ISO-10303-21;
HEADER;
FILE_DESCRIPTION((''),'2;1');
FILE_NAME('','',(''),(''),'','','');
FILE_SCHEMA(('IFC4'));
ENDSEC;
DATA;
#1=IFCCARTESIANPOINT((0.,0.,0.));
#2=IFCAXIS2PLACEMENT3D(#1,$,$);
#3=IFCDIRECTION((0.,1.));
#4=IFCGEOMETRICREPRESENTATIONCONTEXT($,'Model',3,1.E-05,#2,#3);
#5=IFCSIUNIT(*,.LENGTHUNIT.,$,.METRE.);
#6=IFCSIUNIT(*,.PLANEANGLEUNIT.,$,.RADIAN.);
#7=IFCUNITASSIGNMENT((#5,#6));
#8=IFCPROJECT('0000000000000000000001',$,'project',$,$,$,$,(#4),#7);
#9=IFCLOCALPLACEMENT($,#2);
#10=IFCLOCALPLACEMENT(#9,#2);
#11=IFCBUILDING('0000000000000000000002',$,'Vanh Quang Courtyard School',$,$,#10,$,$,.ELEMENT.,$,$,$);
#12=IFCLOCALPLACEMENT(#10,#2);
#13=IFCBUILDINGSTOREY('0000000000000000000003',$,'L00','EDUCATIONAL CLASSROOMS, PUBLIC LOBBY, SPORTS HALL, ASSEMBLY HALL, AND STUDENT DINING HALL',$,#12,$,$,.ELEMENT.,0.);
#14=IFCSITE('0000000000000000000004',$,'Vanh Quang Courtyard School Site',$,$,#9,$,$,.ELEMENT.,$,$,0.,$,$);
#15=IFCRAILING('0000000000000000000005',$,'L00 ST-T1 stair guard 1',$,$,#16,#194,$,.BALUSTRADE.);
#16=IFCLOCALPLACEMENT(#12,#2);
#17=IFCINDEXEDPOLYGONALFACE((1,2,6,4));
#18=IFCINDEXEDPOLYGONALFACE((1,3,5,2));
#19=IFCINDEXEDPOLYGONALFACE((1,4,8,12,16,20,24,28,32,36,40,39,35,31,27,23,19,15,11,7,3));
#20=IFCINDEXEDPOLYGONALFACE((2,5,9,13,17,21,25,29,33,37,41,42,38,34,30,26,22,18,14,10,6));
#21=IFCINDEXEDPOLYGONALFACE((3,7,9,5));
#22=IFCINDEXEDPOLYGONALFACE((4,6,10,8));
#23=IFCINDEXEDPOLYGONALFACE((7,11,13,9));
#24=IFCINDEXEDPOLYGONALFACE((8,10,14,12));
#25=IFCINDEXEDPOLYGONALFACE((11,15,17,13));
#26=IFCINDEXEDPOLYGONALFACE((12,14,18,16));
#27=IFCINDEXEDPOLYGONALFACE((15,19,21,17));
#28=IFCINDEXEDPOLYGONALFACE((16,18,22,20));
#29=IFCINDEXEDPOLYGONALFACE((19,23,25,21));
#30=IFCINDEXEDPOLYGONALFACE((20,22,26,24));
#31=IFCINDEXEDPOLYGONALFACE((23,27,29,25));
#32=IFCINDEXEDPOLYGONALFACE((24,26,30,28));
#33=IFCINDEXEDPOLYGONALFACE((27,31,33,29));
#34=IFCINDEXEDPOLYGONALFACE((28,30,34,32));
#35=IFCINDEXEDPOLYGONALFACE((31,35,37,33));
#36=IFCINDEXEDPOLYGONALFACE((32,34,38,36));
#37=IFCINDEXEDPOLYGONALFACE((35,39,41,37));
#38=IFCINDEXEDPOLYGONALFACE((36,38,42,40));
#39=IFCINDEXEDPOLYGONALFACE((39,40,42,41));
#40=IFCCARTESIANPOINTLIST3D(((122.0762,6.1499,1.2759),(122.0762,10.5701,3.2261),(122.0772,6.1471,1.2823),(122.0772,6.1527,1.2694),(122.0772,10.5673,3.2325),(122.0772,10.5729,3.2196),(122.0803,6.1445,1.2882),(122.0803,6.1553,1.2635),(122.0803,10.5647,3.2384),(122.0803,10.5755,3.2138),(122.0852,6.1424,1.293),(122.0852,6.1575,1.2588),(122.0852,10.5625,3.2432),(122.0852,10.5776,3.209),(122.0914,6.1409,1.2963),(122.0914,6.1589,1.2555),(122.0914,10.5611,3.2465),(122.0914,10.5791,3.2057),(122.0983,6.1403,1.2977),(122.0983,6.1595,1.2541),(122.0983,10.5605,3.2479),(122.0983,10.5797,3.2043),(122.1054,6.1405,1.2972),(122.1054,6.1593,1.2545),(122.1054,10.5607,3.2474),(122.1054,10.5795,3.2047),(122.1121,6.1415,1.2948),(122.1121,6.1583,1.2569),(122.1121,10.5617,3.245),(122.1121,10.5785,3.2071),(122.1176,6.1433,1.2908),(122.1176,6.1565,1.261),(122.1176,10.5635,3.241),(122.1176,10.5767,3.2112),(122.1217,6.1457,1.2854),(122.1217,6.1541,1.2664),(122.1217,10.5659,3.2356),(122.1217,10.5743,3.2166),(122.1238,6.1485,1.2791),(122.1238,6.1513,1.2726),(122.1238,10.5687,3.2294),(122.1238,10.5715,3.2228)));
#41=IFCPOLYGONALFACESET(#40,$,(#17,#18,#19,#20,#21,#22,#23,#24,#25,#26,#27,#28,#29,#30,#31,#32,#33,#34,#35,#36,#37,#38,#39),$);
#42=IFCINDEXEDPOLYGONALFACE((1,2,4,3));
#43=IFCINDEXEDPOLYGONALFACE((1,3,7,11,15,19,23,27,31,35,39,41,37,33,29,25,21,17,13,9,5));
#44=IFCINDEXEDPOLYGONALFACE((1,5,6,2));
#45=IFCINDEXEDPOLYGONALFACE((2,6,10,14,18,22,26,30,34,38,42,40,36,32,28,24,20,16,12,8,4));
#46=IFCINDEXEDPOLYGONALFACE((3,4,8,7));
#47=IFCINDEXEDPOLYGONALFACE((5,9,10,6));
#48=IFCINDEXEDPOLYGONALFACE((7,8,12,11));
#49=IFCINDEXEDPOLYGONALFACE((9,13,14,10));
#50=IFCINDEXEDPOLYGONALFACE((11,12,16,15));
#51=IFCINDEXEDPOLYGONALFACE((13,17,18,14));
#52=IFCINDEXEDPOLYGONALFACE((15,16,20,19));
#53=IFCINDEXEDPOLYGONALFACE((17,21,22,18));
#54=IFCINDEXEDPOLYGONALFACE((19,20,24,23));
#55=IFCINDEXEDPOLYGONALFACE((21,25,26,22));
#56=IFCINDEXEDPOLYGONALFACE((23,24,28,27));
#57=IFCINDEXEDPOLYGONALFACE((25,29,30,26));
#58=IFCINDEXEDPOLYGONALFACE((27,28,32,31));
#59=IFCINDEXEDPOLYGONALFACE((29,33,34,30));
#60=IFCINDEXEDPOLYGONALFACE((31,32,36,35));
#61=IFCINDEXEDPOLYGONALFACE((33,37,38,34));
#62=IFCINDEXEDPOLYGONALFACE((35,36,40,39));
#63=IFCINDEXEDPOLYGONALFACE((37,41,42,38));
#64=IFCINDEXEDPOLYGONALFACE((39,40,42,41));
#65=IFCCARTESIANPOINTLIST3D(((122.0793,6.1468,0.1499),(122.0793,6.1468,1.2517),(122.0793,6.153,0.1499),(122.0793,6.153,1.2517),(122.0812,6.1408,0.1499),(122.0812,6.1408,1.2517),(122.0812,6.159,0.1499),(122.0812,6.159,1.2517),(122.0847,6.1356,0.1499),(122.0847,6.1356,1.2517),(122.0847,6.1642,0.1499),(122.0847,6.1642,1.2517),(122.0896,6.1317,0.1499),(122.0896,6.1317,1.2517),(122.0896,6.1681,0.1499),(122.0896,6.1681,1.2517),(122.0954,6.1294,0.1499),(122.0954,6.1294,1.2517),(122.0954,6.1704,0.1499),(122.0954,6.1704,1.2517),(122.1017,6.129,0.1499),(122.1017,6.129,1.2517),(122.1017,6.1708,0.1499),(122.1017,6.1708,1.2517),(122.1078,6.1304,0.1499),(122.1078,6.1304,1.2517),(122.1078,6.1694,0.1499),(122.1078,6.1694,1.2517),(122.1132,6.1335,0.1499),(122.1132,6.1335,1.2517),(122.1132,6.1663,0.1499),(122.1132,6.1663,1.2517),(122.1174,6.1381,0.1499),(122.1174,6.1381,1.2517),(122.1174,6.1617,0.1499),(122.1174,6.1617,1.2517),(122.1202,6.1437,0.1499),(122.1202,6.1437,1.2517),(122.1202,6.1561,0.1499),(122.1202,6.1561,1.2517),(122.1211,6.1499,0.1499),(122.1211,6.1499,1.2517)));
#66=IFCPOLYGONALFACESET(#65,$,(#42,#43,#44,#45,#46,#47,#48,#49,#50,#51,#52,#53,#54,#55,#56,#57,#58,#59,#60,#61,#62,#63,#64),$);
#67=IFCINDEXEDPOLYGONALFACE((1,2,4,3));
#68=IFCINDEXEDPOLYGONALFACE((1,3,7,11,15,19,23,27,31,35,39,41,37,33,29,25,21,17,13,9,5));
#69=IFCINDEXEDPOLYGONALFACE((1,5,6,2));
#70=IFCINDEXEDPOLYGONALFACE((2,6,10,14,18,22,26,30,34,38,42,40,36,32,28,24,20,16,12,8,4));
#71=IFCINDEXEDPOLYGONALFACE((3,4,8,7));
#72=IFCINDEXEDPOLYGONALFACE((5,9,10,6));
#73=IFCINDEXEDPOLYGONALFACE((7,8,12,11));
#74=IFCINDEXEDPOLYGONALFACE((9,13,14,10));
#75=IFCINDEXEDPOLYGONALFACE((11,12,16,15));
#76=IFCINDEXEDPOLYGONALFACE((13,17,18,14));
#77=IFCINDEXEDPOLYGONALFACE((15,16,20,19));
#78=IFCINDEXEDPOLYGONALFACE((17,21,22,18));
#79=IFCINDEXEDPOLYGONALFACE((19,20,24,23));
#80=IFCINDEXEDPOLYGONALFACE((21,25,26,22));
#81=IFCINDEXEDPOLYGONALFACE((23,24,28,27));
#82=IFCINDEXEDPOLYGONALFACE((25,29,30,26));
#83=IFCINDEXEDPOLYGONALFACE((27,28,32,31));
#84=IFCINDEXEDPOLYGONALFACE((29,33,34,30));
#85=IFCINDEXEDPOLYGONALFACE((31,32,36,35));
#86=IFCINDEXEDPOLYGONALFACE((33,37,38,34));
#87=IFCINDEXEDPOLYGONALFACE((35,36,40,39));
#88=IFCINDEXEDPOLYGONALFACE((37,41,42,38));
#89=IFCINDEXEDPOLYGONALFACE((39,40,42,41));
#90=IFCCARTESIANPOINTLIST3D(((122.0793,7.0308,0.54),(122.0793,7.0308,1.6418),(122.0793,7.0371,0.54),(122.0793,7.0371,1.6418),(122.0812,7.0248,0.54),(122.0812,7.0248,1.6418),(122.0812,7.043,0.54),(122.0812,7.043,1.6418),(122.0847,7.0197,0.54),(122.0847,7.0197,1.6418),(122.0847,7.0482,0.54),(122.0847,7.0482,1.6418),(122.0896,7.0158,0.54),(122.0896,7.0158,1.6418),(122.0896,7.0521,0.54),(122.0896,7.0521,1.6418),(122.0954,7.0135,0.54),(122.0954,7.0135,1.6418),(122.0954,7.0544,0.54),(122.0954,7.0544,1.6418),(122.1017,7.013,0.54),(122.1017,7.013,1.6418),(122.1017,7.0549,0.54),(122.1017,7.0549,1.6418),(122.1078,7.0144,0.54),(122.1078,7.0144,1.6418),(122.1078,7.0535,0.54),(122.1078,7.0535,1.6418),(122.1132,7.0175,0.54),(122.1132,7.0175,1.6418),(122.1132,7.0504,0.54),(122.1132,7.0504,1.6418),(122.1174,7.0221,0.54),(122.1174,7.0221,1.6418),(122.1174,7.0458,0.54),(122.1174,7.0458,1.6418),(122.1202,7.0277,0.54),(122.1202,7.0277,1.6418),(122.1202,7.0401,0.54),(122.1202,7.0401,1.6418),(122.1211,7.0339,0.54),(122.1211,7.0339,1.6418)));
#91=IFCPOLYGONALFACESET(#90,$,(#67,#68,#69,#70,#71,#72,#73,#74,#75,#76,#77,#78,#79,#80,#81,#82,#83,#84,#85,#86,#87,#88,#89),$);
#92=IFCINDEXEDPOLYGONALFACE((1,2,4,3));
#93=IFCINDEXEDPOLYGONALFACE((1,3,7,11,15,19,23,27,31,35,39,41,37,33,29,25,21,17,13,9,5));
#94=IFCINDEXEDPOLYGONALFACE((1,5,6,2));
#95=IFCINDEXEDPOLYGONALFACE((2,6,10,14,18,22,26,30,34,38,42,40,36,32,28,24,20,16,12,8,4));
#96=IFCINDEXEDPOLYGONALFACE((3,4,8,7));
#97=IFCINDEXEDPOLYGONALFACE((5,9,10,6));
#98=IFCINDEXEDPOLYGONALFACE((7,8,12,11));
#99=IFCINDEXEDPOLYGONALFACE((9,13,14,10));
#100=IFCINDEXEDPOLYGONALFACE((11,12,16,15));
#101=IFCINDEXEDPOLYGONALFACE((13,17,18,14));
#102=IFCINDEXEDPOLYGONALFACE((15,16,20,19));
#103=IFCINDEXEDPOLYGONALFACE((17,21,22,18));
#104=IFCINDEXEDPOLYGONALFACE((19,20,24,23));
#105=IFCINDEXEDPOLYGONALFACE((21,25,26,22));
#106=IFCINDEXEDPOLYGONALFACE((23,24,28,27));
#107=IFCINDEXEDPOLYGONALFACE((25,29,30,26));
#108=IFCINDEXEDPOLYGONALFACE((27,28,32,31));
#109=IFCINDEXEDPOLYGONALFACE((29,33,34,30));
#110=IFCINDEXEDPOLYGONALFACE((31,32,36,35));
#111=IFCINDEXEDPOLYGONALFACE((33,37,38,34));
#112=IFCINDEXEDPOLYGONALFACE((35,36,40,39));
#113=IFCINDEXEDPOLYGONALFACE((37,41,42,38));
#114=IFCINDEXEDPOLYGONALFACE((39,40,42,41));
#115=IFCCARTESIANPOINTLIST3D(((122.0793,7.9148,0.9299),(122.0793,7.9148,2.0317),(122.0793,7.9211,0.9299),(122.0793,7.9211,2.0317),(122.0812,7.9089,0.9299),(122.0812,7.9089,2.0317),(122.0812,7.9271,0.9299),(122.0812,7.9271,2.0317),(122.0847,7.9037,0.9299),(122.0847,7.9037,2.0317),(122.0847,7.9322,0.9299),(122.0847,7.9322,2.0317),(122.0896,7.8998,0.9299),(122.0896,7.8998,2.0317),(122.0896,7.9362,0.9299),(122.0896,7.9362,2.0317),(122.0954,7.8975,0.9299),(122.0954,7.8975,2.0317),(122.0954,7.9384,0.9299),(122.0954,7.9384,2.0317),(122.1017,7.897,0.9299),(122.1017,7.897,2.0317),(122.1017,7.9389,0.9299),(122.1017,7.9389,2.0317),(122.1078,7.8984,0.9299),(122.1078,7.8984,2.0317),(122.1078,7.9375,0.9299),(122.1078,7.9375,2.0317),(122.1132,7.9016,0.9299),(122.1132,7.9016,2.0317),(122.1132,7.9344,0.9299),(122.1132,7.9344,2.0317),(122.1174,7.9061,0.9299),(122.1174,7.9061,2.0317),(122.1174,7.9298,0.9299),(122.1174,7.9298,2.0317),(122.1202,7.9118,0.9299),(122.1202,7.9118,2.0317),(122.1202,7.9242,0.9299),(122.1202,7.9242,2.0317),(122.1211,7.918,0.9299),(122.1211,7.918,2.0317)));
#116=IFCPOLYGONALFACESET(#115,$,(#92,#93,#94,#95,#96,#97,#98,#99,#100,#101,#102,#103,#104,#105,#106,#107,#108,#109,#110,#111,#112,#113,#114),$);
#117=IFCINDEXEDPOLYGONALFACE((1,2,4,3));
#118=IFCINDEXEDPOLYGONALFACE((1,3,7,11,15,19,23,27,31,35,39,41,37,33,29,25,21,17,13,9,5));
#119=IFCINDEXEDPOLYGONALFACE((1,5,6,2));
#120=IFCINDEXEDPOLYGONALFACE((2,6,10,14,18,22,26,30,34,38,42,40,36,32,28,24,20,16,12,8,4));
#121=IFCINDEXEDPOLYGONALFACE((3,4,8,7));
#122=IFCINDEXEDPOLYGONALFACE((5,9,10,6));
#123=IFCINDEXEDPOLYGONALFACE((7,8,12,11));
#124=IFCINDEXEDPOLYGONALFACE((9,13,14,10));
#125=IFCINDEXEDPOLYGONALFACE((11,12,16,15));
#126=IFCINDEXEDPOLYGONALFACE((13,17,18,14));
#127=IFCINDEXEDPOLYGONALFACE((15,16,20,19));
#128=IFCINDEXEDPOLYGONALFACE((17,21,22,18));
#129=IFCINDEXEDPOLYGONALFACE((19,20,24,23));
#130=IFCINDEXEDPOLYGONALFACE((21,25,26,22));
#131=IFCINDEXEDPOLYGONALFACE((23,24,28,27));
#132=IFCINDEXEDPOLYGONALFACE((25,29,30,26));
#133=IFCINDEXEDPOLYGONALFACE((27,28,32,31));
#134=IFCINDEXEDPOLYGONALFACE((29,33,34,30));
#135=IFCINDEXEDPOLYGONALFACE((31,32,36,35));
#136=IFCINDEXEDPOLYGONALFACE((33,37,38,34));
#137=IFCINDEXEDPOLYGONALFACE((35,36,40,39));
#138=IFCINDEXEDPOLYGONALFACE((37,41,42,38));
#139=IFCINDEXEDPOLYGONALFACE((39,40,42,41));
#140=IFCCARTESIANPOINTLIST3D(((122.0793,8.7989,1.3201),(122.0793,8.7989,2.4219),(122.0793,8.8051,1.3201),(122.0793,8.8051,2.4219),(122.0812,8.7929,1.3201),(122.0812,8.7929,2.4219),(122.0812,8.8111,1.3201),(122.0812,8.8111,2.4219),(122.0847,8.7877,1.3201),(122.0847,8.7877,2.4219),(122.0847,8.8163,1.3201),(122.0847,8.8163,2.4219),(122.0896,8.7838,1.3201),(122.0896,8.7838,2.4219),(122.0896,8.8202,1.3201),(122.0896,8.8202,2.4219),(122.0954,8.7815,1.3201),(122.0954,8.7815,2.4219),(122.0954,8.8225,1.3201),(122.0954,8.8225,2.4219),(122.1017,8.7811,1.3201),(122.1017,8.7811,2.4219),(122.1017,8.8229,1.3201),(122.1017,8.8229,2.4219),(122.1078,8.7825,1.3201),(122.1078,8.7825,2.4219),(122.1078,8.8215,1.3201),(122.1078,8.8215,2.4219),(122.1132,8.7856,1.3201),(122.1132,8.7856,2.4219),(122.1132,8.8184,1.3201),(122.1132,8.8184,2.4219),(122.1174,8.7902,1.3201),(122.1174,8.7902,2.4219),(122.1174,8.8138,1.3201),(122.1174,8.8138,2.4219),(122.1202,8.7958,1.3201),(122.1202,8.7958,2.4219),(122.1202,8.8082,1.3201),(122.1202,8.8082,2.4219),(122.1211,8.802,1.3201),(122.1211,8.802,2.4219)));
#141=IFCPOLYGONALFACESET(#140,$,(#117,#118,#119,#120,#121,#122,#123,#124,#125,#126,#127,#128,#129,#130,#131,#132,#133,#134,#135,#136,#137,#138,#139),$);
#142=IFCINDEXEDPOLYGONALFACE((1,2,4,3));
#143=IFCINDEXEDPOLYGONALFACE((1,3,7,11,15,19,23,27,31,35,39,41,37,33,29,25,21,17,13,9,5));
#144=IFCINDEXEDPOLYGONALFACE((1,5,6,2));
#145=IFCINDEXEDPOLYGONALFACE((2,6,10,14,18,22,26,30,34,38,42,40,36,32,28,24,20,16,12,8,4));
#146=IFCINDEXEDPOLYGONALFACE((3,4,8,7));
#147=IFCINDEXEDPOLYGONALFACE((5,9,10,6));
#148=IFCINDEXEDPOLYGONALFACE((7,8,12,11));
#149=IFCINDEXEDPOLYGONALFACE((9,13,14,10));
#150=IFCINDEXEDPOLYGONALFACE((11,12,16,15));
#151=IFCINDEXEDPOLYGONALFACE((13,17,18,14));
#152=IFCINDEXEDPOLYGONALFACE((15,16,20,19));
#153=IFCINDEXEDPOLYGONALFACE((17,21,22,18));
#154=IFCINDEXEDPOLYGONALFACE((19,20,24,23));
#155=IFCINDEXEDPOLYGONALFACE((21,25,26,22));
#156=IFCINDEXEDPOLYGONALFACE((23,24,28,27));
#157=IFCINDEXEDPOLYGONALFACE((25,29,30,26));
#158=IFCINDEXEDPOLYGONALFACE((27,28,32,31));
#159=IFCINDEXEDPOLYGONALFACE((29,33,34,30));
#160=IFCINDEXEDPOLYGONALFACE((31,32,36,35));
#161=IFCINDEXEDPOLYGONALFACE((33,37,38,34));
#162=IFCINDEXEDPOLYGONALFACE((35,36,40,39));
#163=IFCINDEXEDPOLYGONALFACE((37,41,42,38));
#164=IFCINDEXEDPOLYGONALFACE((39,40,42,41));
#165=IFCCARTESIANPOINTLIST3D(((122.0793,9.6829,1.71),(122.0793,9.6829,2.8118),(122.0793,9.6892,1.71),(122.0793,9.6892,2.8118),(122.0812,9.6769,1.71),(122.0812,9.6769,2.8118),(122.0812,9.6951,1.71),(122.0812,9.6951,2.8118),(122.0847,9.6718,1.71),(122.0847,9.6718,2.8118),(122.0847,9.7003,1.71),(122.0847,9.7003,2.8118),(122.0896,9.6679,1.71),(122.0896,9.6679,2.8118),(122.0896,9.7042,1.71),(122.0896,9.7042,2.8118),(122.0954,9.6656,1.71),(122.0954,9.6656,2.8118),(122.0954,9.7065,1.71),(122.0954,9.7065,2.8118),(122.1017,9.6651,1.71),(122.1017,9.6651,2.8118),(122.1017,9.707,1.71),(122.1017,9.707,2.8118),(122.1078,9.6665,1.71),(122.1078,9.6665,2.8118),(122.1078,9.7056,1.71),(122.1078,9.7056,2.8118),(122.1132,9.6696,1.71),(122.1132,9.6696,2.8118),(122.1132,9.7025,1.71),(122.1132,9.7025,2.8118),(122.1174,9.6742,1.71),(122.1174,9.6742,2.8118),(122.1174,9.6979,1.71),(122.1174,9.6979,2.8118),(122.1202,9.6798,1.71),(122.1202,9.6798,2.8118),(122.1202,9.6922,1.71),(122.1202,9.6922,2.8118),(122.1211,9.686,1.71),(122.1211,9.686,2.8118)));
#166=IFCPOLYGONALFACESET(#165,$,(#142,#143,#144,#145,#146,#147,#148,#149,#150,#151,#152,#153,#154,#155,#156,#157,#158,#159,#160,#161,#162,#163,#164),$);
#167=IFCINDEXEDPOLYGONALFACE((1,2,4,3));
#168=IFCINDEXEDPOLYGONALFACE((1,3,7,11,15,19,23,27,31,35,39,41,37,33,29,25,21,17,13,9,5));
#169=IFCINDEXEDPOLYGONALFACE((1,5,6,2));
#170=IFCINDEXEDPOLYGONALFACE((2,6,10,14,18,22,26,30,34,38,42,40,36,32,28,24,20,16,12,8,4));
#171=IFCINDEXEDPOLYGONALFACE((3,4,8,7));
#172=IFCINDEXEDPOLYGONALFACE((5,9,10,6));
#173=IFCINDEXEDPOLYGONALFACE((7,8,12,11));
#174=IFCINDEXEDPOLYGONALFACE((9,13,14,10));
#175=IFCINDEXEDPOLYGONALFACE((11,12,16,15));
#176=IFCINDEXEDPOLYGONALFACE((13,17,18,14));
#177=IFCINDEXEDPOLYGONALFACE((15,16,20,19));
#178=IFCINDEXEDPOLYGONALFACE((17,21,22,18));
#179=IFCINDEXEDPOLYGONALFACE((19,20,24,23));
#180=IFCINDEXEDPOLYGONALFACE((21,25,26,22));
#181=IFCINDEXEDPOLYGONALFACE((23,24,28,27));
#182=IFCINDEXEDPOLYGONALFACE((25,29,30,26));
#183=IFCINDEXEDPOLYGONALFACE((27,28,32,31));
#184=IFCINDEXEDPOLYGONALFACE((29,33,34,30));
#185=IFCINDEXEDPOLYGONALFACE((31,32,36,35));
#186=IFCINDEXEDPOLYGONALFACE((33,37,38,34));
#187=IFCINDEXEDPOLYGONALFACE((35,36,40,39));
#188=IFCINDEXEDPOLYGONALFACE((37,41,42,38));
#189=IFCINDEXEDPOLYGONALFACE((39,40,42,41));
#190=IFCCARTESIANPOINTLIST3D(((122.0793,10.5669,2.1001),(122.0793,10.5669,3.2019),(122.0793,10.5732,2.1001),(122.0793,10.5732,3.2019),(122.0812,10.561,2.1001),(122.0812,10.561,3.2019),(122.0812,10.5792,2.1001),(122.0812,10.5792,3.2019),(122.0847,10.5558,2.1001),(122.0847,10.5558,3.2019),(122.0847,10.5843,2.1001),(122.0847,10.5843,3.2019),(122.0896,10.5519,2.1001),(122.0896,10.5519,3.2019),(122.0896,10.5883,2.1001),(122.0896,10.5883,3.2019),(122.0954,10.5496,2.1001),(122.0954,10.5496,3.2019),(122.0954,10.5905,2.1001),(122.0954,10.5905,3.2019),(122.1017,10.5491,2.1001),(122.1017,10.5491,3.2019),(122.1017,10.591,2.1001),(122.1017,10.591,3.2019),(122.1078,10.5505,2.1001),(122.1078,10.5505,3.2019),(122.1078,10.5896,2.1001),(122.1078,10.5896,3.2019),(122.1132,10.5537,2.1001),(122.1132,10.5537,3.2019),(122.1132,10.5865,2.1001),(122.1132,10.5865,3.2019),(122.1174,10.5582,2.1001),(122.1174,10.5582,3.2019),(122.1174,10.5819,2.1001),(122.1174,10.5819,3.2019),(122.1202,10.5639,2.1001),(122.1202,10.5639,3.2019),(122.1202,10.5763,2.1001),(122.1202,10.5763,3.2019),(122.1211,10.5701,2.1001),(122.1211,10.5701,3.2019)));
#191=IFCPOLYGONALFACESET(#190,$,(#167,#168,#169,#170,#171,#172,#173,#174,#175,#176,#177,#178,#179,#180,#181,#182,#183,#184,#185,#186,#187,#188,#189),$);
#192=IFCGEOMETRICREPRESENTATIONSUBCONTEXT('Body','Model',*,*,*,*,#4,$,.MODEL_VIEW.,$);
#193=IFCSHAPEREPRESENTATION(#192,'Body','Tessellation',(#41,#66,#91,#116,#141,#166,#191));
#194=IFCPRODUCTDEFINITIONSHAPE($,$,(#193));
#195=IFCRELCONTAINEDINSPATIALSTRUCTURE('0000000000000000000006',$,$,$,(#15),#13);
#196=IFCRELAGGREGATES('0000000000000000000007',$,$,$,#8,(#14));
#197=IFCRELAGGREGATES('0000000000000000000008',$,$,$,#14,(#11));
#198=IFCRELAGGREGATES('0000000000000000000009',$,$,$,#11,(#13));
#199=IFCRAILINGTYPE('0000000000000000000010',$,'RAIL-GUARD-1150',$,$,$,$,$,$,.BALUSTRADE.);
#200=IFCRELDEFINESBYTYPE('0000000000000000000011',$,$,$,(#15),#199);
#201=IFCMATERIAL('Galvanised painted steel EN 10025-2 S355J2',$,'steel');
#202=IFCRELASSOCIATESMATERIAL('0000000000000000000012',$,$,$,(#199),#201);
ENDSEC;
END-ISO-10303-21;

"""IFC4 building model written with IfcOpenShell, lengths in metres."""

from ifc_helpers import new_model, si_unit, direction, frame, origin, origin_2d, place, context, subcontext, project, spatial, circle, extrude, material, type_object, element, save


model = new_model("IFC4")

# Units and contexts
model_context = context("Model", 3, precision=1e-05, world=origin(), true_north=direction((0.0, 1.0)))
body_context = subcontext(model_context, "Body", "Model", "MODEL_VIEW")
ifc_project = project(units=[si_unit("LENGTHUNIT", "METRE"), si_unit("PLANEANGLEUNIT", "RADIAN")], contexts=[model_context])

# Site, building, storey
site_placement = place(None, origin())
site = spatial("IfcSite", under=ifc_project, at=site_placement, Name="Vanh Quang Courtyard School Site", CompositionType="ELEMENT", RefElevation=0.0)
building_placement = place(site_placement, origin())
building = spatial("IfcBuilding", under=site, at=building_placement, Name="Vanh Quang Courtyard School", CompositionType="ELEMENT")
storey_placement = place(building_placement, origin())
storey = spatial("IfcBuildingStorey", under=building, at=storey_placement, Name="L00", Description="EDUCATIONAL CLASSROOMS, PUBLIC LOBBY, SPORTS HALL, ASSEMBLY HALL, AND STUDENT DINING HALL", CompositionType="ELEMENT", Elevation=0.0)

# Railing
ifc_material_1 = material(Name="Galvanised painted steel EN 10025-2 S355J2", Category="steel")
railing_type_1 = type_object("IfcRailingType", Name="RAIL-GUARD-1150", PredefinedType="BALUSTRADE", material=ifc_material_1)
railing_1_placement = place(storey_placement, frame((122.1001, 6.1499, 0.1499)))
element("IfcRailing", 1, at=railing_1_placement, inside=storey, type_object=railing_type_1, Name="L00 ST-T1 stair guard 1", PredefinedType="BALUSTRADE", context=body_context, shape_type="SweptSolid", body=[
    extrude(circle(Radius=0.0239, at=origin_2d()), frame((0.0, 0.0, 1.126), z_axis=(0.0, 0.914908, 0.403661), x_axis=(-1.0, 0.0, 0.0)), (0.0, 0.0, 1.0), 4.8313),
    extrude(circle(Radius=0.021, at=origin_2d()), origin(), (0.0, 0.0, 1.0), 1.1018),
    extrude(circle(Radius=0.021, at=origin_2d()), frame((0.0, 0.884, 0.3901)), (0.0, 0.0, 1.0), 1.1018),
    extrude(circle(Radius=0.021, at=origin_2d()), frame((0.0, 1.7681, 0.78)), (0.0, 0.0, 1.0), 1.1018),
    extrude(circle(Radius=0.021, at=origin_2d()), frame((0.0, 2.6521, 1.1702)), (0.0, 0.0, 1.0), 1.1018),
    extrude(circle(Radius=0.021, at=origin_2d()), frame((0.0, 3.5361, 1.5601)), (0.0, 0.0, 1.0), 1.1018),
    extrude(circle(Radius=0.021, at=origin_2d()), frame((0.0, 4.4202, 1.9502)), (0.0, 0.0, 1.0), 1.1018),
])

save(model, "model.ifc")
